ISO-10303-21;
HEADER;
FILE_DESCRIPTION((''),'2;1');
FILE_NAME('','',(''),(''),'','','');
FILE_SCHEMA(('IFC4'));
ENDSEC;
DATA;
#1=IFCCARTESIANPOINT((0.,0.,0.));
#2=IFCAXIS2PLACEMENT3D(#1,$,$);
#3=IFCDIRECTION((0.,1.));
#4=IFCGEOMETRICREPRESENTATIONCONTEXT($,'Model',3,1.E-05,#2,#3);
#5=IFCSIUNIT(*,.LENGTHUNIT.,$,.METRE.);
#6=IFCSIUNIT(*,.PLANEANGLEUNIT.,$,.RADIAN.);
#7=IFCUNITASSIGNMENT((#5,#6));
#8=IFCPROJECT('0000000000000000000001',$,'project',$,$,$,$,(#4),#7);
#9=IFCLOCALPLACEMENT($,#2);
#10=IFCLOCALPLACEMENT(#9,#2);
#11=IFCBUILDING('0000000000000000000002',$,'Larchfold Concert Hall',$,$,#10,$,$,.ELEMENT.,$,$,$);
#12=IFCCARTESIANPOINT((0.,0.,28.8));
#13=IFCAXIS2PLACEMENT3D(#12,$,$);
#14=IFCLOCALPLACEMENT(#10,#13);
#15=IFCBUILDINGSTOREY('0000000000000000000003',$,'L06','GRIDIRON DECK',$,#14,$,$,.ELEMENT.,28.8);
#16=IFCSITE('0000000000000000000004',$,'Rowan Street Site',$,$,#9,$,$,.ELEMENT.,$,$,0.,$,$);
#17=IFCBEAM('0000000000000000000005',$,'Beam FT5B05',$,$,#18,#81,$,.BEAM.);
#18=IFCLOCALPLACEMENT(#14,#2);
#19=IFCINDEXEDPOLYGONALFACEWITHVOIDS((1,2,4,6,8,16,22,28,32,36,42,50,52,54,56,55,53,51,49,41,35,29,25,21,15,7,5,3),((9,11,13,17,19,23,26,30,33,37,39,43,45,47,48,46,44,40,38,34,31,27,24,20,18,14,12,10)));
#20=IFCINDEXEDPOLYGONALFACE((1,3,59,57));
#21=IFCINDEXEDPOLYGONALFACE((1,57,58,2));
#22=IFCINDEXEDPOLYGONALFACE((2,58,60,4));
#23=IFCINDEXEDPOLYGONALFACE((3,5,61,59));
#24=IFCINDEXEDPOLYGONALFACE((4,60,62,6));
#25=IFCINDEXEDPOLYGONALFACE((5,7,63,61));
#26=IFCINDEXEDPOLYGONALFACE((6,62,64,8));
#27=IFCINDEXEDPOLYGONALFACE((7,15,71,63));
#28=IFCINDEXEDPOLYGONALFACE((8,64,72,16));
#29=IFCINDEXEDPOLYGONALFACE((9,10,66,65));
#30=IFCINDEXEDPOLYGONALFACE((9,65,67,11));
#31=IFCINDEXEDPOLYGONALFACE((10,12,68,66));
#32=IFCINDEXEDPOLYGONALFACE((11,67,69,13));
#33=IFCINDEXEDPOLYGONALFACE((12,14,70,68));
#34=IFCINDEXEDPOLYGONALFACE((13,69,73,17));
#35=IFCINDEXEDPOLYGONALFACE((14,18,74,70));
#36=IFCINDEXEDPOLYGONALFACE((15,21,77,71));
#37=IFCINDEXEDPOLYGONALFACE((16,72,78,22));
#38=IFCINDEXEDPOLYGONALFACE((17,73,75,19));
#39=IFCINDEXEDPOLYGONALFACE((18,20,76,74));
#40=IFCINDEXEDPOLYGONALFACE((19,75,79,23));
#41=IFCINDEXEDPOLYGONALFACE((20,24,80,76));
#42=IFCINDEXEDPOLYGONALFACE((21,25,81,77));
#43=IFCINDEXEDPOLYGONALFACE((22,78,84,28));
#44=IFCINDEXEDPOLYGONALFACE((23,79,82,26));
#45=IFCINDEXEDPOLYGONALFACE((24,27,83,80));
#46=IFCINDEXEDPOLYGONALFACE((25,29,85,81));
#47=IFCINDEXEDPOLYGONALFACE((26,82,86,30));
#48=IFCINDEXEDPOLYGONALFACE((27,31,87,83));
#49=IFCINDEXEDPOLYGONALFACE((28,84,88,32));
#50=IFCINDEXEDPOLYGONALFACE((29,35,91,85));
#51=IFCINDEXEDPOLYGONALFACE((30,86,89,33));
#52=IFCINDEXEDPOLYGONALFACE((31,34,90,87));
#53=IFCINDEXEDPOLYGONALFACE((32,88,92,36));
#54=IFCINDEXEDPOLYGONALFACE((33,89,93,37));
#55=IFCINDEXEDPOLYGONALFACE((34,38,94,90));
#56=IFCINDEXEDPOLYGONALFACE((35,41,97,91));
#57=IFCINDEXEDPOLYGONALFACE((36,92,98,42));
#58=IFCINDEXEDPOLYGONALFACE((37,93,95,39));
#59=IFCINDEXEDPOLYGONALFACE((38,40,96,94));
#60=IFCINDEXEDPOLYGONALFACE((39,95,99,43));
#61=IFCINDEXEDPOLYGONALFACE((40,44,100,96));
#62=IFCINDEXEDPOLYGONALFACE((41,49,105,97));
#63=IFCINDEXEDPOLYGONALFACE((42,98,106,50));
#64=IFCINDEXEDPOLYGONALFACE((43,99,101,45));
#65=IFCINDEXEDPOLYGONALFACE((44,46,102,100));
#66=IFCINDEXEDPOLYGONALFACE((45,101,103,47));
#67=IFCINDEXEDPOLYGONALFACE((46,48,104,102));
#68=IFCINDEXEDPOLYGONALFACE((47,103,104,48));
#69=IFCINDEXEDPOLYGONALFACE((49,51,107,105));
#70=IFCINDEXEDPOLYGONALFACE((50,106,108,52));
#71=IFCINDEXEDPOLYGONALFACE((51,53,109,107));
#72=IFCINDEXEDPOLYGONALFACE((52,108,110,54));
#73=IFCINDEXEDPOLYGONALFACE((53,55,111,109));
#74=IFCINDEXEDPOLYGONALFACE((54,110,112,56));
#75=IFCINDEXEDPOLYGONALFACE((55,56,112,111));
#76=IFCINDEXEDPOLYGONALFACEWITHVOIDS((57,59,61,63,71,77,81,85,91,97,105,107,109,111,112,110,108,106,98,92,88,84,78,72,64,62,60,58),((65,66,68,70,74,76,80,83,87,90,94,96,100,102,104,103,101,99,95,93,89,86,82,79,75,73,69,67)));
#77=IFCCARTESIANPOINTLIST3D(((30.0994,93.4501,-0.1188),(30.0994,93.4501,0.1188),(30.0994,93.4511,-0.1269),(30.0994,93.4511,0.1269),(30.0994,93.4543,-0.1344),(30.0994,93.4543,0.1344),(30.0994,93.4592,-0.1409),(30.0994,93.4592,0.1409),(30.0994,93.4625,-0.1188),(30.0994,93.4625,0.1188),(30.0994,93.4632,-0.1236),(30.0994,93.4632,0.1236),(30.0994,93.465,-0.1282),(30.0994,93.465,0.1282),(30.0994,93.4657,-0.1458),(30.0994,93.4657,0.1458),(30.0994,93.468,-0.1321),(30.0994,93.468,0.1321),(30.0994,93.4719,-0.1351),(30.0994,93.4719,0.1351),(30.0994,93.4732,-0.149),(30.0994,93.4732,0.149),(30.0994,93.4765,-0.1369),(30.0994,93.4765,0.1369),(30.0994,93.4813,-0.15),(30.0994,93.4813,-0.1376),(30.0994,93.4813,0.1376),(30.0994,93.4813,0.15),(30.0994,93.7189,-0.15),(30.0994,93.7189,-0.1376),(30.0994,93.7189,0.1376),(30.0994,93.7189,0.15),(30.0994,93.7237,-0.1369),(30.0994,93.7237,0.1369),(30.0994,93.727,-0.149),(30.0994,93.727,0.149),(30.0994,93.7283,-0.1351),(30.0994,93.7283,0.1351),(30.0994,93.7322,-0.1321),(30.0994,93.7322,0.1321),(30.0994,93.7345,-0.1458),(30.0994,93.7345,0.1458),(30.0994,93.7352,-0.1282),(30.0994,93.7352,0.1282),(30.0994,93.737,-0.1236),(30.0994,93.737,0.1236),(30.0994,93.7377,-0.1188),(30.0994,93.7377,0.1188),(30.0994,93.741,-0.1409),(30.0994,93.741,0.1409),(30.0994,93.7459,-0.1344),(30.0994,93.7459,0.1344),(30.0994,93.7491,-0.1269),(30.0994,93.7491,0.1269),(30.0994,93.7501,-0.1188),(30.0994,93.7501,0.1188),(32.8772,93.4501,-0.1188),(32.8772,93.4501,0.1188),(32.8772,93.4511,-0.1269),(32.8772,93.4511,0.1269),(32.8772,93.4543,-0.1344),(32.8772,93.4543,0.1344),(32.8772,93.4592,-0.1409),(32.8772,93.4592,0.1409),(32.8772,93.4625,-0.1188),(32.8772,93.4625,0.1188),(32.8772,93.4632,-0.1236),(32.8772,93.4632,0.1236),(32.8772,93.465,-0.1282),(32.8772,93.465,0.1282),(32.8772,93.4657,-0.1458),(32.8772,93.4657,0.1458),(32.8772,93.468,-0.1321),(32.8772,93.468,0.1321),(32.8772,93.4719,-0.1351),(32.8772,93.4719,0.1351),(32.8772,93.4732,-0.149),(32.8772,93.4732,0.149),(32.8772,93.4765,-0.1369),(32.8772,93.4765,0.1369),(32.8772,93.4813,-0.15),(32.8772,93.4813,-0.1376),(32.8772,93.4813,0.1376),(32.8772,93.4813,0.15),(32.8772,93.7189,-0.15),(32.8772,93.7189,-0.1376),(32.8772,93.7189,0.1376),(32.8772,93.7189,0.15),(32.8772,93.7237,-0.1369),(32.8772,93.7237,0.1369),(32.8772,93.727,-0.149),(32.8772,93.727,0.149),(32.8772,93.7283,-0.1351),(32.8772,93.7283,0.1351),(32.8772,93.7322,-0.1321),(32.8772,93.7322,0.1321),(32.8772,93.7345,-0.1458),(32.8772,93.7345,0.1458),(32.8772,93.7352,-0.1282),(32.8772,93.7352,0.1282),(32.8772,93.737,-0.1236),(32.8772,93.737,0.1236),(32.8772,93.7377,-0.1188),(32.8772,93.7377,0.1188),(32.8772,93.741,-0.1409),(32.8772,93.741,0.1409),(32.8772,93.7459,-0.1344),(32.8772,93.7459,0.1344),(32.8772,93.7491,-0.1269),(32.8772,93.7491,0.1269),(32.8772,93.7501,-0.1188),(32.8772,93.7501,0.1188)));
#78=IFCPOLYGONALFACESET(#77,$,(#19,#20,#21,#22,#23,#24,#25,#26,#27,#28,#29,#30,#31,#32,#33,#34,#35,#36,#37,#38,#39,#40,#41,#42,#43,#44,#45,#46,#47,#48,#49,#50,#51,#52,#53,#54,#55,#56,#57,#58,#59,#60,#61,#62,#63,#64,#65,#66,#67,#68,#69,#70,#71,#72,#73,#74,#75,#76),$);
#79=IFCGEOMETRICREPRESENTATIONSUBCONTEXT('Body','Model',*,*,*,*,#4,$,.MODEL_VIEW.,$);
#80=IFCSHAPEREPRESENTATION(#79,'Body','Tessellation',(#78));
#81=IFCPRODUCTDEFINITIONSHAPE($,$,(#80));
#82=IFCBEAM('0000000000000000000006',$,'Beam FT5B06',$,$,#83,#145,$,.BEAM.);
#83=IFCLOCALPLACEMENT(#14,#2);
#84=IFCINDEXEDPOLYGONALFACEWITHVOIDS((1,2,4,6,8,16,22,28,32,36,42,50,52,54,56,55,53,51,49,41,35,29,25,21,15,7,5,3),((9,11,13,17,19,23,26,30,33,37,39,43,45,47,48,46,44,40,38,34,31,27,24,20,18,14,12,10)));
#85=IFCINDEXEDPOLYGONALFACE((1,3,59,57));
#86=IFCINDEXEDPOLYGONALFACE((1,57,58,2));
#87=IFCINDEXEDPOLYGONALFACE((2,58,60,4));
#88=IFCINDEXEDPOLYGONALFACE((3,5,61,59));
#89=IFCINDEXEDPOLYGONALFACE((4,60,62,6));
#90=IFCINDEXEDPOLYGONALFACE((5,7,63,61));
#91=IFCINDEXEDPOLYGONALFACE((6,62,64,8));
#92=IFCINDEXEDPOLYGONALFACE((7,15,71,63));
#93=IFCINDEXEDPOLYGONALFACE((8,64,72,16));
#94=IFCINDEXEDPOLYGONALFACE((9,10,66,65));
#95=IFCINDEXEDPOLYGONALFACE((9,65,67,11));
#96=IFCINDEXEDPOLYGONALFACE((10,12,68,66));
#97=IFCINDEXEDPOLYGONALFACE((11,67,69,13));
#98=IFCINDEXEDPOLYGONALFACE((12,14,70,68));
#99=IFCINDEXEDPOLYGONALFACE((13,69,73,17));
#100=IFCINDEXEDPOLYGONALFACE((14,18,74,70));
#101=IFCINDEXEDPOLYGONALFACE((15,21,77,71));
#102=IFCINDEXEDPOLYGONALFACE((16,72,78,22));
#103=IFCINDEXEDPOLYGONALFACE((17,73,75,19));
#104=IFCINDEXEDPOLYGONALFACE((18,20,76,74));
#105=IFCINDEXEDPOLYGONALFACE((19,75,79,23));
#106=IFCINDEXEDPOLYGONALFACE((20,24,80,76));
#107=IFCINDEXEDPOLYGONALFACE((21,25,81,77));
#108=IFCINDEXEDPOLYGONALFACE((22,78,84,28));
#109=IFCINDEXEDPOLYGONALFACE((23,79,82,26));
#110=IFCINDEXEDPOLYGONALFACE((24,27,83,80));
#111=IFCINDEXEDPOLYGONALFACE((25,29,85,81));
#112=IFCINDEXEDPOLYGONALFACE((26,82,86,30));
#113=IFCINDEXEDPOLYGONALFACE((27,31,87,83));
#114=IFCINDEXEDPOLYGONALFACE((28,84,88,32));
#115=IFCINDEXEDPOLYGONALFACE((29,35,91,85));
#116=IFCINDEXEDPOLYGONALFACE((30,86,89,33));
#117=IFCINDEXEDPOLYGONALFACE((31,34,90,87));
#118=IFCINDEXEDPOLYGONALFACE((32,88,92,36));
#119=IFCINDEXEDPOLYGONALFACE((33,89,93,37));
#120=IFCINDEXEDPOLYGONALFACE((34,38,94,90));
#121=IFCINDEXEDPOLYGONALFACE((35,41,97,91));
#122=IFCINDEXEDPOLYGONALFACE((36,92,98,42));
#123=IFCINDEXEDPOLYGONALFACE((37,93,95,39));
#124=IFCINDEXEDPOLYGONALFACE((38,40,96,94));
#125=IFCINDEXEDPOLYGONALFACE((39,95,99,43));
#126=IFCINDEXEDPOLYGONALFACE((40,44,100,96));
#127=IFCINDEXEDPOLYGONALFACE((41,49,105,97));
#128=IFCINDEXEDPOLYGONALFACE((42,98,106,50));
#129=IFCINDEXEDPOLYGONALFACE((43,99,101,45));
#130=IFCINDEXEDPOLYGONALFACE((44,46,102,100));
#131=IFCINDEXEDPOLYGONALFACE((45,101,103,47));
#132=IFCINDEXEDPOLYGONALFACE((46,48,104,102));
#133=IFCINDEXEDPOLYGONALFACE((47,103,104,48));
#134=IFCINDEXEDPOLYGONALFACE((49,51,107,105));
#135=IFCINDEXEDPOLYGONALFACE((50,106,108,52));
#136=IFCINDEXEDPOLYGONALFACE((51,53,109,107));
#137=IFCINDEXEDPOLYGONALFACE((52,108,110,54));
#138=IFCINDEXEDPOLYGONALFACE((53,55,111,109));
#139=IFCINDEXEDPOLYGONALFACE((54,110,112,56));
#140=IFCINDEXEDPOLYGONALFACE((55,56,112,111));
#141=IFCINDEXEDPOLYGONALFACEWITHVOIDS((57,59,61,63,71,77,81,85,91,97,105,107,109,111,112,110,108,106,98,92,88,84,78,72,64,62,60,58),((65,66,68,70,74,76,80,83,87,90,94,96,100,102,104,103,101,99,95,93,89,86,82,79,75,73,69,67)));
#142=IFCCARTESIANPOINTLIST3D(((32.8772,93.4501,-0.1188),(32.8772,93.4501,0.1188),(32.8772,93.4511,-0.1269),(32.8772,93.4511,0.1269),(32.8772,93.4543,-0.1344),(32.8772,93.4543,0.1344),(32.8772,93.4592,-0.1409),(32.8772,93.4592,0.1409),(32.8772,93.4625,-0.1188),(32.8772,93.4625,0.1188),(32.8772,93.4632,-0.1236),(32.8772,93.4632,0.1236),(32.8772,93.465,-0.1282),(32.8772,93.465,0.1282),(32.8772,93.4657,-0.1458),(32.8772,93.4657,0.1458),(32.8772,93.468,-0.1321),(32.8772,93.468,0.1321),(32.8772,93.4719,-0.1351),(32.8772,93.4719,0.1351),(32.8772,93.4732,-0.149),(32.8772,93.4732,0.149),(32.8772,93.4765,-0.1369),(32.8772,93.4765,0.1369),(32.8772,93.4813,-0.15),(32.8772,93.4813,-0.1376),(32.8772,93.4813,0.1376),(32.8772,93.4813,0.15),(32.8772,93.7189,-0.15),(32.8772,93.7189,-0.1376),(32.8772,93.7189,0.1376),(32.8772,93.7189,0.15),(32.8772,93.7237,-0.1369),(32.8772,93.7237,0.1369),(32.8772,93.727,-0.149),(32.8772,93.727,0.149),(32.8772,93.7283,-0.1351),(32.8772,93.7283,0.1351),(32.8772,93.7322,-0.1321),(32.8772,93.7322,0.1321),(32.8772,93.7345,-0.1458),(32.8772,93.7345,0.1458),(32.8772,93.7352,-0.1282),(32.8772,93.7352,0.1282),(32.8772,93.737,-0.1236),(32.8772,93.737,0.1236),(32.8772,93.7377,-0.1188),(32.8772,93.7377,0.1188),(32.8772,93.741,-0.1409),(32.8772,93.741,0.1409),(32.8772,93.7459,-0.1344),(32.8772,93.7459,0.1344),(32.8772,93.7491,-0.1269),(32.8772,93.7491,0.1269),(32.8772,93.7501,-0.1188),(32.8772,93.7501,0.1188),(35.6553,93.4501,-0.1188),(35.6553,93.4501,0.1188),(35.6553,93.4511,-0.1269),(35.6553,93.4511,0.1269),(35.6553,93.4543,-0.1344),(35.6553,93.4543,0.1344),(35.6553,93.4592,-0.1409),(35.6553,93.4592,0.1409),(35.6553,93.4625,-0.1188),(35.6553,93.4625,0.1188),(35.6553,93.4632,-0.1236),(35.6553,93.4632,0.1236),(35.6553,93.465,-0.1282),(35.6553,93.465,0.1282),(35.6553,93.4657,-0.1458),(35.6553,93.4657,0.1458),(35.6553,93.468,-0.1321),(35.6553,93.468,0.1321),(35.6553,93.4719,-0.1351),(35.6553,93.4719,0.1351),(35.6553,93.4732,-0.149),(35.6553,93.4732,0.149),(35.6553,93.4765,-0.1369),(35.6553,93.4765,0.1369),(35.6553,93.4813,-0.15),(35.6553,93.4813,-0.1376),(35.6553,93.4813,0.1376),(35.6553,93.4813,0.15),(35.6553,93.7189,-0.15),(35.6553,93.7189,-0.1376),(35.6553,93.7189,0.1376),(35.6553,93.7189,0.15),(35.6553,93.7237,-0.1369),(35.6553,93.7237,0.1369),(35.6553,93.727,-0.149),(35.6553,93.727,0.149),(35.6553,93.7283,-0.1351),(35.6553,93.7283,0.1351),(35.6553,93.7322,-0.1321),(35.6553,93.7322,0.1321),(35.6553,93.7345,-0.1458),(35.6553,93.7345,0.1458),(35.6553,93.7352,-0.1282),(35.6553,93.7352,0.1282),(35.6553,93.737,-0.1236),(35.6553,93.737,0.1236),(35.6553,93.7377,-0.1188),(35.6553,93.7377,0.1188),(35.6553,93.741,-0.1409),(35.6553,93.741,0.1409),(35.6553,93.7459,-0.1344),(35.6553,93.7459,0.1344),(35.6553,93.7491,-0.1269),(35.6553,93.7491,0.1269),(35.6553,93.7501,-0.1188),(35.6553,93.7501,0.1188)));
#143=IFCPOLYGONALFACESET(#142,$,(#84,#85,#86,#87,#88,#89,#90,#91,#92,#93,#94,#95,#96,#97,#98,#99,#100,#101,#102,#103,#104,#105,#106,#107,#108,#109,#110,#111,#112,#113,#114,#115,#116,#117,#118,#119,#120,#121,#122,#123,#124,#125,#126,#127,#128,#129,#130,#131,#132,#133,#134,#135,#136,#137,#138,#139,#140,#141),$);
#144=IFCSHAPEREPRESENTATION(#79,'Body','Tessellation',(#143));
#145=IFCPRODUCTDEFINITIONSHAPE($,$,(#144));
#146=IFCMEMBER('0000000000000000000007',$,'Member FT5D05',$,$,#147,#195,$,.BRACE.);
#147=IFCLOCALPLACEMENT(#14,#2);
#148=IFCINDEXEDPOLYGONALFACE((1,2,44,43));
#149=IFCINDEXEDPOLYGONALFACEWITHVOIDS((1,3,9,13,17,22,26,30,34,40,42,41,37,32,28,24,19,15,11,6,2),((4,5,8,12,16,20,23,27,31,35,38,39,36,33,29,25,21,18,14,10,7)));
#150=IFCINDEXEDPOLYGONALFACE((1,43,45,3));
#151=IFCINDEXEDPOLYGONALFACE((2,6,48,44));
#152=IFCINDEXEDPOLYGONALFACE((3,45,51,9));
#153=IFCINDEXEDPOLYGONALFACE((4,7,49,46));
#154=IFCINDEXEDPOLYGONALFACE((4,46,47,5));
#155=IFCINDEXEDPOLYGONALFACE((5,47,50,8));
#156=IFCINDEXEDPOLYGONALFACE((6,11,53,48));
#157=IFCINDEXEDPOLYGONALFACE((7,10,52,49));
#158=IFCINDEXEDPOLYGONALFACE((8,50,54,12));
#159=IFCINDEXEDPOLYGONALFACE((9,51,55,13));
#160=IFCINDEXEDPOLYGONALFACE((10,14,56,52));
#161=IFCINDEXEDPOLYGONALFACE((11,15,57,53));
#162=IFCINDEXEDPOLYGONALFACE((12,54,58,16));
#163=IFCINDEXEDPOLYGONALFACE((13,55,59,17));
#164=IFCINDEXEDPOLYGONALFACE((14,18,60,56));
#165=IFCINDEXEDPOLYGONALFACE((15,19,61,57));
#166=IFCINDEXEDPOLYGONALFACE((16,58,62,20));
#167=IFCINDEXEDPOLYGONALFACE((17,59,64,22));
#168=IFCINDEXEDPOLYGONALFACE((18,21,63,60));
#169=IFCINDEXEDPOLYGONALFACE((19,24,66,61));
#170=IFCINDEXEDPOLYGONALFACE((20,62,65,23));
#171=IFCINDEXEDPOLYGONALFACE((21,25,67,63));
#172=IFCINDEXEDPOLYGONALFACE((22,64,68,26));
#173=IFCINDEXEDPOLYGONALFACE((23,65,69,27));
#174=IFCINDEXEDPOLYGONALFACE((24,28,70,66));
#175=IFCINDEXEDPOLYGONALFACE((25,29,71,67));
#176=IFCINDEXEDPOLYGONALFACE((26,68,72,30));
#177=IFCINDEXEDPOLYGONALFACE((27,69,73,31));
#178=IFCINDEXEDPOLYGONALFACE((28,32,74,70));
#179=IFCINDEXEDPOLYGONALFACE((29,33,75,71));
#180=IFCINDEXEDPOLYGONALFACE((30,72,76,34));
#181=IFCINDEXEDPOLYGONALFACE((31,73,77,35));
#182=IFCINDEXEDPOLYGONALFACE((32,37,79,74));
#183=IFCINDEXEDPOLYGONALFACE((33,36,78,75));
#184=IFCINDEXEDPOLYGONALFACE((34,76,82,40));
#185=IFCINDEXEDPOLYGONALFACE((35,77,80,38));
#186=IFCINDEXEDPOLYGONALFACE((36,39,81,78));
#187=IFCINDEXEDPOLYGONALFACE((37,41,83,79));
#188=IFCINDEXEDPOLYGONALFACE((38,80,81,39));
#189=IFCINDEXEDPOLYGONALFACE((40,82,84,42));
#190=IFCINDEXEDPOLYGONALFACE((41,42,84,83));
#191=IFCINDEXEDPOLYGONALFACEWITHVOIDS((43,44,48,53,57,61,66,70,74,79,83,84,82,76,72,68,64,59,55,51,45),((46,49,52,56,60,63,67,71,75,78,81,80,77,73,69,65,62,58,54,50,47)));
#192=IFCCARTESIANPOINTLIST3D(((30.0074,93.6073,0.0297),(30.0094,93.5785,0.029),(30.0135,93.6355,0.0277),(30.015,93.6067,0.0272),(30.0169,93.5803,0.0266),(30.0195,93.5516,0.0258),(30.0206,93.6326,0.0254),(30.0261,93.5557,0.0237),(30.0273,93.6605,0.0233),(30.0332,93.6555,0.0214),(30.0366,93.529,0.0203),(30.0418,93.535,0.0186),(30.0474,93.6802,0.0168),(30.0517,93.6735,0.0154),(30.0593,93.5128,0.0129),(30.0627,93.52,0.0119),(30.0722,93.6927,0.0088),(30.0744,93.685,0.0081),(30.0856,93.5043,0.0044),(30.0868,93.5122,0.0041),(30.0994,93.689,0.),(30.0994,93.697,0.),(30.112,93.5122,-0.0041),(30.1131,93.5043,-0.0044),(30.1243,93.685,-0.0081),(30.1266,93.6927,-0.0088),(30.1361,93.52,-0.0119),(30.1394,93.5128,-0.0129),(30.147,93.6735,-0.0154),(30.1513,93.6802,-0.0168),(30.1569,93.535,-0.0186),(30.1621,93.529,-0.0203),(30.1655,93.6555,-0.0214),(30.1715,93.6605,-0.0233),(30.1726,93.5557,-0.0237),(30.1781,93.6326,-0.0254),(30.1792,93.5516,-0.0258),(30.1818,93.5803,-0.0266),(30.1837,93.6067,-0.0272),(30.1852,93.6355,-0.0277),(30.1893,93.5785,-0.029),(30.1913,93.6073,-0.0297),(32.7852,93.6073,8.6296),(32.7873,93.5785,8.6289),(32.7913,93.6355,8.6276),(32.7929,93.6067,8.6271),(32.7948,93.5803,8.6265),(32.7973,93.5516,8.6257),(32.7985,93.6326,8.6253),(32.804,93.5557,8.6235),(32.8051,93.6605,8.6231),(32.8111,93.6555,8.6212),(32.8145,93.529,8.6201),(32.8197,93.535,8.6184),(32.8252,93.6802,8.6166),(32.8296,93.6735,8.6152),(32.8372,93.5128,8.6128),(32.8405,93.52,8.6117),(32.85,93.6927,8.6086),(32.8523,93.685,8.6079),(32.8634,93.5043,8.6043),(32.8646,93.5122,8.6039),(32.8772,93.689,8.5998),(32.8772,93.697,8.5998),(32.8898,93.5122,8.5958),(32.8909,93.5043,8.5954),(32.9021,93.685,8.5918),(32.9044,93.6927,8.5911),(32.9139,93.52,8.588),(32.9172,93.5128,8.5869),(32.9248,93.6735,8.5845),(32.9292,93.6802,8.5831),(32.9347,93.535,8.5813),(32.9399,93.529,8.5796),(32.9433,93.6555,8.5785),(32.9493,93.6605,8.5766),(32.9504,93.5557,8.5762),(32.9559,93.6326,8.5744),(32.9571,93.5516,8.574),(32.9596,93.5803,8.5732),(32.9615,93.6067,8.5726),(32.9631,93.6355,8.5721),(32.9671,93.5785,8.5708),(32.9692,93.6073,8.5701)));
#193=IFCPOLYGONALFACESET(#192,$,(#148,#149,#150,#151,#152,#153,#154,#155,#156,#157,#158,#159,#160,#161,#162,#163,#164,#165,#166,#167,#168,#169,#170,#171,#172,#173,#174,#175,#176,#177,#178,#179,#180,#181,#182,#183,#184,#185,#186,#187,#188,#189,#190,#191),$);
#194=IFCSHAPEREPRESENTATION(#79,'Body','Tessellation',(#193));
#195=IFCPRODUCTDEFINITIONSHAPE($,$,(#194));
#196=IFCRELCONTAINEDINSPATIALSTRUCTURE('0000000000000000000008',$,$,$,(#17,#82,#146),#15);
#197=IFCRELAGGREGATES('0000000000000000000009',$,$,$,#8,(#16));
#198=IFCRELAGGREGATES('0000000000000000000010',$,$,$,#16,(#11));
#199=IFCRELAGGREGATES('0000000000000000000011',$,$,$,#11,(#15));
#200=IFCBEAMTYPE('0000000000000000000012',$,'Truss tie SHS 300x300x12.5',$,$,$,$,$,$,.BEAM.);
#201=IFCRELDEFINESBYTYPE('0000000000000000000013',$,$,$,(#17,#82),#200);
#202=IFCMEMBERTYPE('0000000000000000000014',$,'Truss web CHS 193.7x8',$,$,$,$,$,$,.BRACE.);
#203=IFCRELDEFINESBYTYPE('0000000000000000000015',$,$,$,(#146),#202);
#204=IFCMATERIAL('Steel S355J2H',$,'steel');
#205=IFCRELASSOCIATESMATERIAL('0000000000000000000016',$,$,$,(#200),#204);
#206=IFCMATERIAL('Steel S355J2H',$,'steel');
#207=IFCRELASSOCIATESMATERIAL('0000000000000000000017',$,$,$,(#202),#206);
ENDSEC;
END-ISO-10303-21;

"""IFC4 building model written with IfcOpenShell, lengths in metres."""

from ifc_helpers import new_model, si_unit, direction, frame, origin, origin_2d, place, context, subcontext, project, spatial, hollow_rectangle, hollow_circle, extrude, material, material_profile, profile_set, type_object, element, save


model = new_model("IFC4")

# Units and contexts
model_context = context("Model", 3, precision=1e-05, world=origin(), true_north=direction((0.0, 1.0)))
body_context = subcontext(model_context, "Body", "Model", "MODEL_VIEW")
ifc_project = project(units=[si_unit("LENGTHUNIT", "METRE"), si_unit("PLANEANGLEUNIT", "RADIAN")], contexts=[model_context])

# Site, building, storey
site_placement = place(None, origin())
site = spatial("IfcSite", under=ifc_project, at=site_placement, Name="Rowan Street Site", CompositionType="ELEMENT", RefElevation=0.0)
building_placement = place(site_placement, origin())
building = spatial("IfcBuilding", under=site, at=building_placement, Name="Larchfold Concert Hall", CompositionType="ELEMENT")
storey_placement = place(building_placement, frame((0.0, 0.0, 28.8)))
storey = spatial("IfcBuildingStorey", under=building, at=storey_placement, Name="L06", Description="GRIDIRON DECK", CompositionType="ELEMENT", Elevation=28.8)

# Beams
ifc_material_1 = material(Name="Steel S355J2H", Category="steel")
ifc_material_profile_1 = material_profile(ifc_material_1, hollow_rectangle(XDim=0.3, YDim=0.3, WallThickness=0.0125, InnerFilletRadius=0.0188, OuterFilletRadius=0.0312, at=origin_2d()))
ifc_profile_set_1 = profile_set([ifc_material_profile_1], Name="Steel S355J2H")
beam_type_1 = type_object("IfcBeamType", Name="Truss tie SHS 300x300x12.5", PredefinedType="BEAM", material=ifc_profile_set_1)
beam_1_placement = place(storey_placement, frame((30.0994, 93.6001, 0.0), z_axis=(1.0, 0.0, 0.0), x_axis=(0.0, 1.0, 0.0)))
element("IfcBeam", 1, at=beam_1_placement, inside=storey, type_object=beam_type_1, Name="Beam FT5B05", PredefinedType="BEAM", context=body_context, shape_type="SweptSolid", body=[
    extrude(hollow_rectangle(XDim=0.3, YDim=0.3, WallThickness=0.0125, InnerFilletRadius=0.0188, OuterFilletRadius=0.0312, at=origin_2d()), origin(), (0.0, 0.0, 1.0), 2.7778),
])
beam_2_placement = place(storey_placement, frame((32.8772, 93.6001, 0.0), z_axis=(1.0, 0.0, 0.0), x_axis=(0.0, 1.0, 0.0)))
element("IfcBeam", 2, at=beam_2_placement, inside=storey, type_object=beam_type_1, Name="Beam FT5B06", PredefinedType="BEAM", context=body_context, shape_type="SweptSolid", body=[
    extrude(hollow_rectangle(XDim=0.3, YDim=0.3, WallThickness=0.0125, InnerFilletRadius=0.0188, OuterFilletRadius=0.0312, at=origin_2d()), origin(), (0.0, 0.0, 1.0), 2.7781),
])

# Member
ifc_material_2 = material(Name="Steel S355J2H", Category="steel")
ifc_material_profile_2 = material_profile(ifc_material_2, hollow_circle(Radius=0.0969, WallThickness=0.0081, at=origin_2d()))
ifc_profile_set_2 = profile_set([ifc_material_profile_2], Name="Steel S355J2H")
member_type_1 = type_object("IfcMemberType", Name="Truss web CHS 193.7x8", PredefinedType="BRACE", material=ifc_profile_set_2)
for number, where, z_axis, x_axis, name in (
    (3, (30.0994, 93.6001, 0.0), (0.307372, 0.0, 0.951589), (0.0, 1.0, 0.0), "Member FT5D05"),
):
    element("IfcMember", number, at=place(storey_placement, frame(where, z_axis=z_axis, x_axis=x_axis)), inside=storey, type_object=member_type_1, Name=name, PredefinedType="BRACE", context=body_context, shape_type="SweptSolid", body=[
        extrude(hollow_circle(Radius=0.0969, WallThickness=0.0081, at=origin_2d()), origin(), (0.0, 0.0, 1.0), 9.0374),
    ])

save(model, "model.ifc")
